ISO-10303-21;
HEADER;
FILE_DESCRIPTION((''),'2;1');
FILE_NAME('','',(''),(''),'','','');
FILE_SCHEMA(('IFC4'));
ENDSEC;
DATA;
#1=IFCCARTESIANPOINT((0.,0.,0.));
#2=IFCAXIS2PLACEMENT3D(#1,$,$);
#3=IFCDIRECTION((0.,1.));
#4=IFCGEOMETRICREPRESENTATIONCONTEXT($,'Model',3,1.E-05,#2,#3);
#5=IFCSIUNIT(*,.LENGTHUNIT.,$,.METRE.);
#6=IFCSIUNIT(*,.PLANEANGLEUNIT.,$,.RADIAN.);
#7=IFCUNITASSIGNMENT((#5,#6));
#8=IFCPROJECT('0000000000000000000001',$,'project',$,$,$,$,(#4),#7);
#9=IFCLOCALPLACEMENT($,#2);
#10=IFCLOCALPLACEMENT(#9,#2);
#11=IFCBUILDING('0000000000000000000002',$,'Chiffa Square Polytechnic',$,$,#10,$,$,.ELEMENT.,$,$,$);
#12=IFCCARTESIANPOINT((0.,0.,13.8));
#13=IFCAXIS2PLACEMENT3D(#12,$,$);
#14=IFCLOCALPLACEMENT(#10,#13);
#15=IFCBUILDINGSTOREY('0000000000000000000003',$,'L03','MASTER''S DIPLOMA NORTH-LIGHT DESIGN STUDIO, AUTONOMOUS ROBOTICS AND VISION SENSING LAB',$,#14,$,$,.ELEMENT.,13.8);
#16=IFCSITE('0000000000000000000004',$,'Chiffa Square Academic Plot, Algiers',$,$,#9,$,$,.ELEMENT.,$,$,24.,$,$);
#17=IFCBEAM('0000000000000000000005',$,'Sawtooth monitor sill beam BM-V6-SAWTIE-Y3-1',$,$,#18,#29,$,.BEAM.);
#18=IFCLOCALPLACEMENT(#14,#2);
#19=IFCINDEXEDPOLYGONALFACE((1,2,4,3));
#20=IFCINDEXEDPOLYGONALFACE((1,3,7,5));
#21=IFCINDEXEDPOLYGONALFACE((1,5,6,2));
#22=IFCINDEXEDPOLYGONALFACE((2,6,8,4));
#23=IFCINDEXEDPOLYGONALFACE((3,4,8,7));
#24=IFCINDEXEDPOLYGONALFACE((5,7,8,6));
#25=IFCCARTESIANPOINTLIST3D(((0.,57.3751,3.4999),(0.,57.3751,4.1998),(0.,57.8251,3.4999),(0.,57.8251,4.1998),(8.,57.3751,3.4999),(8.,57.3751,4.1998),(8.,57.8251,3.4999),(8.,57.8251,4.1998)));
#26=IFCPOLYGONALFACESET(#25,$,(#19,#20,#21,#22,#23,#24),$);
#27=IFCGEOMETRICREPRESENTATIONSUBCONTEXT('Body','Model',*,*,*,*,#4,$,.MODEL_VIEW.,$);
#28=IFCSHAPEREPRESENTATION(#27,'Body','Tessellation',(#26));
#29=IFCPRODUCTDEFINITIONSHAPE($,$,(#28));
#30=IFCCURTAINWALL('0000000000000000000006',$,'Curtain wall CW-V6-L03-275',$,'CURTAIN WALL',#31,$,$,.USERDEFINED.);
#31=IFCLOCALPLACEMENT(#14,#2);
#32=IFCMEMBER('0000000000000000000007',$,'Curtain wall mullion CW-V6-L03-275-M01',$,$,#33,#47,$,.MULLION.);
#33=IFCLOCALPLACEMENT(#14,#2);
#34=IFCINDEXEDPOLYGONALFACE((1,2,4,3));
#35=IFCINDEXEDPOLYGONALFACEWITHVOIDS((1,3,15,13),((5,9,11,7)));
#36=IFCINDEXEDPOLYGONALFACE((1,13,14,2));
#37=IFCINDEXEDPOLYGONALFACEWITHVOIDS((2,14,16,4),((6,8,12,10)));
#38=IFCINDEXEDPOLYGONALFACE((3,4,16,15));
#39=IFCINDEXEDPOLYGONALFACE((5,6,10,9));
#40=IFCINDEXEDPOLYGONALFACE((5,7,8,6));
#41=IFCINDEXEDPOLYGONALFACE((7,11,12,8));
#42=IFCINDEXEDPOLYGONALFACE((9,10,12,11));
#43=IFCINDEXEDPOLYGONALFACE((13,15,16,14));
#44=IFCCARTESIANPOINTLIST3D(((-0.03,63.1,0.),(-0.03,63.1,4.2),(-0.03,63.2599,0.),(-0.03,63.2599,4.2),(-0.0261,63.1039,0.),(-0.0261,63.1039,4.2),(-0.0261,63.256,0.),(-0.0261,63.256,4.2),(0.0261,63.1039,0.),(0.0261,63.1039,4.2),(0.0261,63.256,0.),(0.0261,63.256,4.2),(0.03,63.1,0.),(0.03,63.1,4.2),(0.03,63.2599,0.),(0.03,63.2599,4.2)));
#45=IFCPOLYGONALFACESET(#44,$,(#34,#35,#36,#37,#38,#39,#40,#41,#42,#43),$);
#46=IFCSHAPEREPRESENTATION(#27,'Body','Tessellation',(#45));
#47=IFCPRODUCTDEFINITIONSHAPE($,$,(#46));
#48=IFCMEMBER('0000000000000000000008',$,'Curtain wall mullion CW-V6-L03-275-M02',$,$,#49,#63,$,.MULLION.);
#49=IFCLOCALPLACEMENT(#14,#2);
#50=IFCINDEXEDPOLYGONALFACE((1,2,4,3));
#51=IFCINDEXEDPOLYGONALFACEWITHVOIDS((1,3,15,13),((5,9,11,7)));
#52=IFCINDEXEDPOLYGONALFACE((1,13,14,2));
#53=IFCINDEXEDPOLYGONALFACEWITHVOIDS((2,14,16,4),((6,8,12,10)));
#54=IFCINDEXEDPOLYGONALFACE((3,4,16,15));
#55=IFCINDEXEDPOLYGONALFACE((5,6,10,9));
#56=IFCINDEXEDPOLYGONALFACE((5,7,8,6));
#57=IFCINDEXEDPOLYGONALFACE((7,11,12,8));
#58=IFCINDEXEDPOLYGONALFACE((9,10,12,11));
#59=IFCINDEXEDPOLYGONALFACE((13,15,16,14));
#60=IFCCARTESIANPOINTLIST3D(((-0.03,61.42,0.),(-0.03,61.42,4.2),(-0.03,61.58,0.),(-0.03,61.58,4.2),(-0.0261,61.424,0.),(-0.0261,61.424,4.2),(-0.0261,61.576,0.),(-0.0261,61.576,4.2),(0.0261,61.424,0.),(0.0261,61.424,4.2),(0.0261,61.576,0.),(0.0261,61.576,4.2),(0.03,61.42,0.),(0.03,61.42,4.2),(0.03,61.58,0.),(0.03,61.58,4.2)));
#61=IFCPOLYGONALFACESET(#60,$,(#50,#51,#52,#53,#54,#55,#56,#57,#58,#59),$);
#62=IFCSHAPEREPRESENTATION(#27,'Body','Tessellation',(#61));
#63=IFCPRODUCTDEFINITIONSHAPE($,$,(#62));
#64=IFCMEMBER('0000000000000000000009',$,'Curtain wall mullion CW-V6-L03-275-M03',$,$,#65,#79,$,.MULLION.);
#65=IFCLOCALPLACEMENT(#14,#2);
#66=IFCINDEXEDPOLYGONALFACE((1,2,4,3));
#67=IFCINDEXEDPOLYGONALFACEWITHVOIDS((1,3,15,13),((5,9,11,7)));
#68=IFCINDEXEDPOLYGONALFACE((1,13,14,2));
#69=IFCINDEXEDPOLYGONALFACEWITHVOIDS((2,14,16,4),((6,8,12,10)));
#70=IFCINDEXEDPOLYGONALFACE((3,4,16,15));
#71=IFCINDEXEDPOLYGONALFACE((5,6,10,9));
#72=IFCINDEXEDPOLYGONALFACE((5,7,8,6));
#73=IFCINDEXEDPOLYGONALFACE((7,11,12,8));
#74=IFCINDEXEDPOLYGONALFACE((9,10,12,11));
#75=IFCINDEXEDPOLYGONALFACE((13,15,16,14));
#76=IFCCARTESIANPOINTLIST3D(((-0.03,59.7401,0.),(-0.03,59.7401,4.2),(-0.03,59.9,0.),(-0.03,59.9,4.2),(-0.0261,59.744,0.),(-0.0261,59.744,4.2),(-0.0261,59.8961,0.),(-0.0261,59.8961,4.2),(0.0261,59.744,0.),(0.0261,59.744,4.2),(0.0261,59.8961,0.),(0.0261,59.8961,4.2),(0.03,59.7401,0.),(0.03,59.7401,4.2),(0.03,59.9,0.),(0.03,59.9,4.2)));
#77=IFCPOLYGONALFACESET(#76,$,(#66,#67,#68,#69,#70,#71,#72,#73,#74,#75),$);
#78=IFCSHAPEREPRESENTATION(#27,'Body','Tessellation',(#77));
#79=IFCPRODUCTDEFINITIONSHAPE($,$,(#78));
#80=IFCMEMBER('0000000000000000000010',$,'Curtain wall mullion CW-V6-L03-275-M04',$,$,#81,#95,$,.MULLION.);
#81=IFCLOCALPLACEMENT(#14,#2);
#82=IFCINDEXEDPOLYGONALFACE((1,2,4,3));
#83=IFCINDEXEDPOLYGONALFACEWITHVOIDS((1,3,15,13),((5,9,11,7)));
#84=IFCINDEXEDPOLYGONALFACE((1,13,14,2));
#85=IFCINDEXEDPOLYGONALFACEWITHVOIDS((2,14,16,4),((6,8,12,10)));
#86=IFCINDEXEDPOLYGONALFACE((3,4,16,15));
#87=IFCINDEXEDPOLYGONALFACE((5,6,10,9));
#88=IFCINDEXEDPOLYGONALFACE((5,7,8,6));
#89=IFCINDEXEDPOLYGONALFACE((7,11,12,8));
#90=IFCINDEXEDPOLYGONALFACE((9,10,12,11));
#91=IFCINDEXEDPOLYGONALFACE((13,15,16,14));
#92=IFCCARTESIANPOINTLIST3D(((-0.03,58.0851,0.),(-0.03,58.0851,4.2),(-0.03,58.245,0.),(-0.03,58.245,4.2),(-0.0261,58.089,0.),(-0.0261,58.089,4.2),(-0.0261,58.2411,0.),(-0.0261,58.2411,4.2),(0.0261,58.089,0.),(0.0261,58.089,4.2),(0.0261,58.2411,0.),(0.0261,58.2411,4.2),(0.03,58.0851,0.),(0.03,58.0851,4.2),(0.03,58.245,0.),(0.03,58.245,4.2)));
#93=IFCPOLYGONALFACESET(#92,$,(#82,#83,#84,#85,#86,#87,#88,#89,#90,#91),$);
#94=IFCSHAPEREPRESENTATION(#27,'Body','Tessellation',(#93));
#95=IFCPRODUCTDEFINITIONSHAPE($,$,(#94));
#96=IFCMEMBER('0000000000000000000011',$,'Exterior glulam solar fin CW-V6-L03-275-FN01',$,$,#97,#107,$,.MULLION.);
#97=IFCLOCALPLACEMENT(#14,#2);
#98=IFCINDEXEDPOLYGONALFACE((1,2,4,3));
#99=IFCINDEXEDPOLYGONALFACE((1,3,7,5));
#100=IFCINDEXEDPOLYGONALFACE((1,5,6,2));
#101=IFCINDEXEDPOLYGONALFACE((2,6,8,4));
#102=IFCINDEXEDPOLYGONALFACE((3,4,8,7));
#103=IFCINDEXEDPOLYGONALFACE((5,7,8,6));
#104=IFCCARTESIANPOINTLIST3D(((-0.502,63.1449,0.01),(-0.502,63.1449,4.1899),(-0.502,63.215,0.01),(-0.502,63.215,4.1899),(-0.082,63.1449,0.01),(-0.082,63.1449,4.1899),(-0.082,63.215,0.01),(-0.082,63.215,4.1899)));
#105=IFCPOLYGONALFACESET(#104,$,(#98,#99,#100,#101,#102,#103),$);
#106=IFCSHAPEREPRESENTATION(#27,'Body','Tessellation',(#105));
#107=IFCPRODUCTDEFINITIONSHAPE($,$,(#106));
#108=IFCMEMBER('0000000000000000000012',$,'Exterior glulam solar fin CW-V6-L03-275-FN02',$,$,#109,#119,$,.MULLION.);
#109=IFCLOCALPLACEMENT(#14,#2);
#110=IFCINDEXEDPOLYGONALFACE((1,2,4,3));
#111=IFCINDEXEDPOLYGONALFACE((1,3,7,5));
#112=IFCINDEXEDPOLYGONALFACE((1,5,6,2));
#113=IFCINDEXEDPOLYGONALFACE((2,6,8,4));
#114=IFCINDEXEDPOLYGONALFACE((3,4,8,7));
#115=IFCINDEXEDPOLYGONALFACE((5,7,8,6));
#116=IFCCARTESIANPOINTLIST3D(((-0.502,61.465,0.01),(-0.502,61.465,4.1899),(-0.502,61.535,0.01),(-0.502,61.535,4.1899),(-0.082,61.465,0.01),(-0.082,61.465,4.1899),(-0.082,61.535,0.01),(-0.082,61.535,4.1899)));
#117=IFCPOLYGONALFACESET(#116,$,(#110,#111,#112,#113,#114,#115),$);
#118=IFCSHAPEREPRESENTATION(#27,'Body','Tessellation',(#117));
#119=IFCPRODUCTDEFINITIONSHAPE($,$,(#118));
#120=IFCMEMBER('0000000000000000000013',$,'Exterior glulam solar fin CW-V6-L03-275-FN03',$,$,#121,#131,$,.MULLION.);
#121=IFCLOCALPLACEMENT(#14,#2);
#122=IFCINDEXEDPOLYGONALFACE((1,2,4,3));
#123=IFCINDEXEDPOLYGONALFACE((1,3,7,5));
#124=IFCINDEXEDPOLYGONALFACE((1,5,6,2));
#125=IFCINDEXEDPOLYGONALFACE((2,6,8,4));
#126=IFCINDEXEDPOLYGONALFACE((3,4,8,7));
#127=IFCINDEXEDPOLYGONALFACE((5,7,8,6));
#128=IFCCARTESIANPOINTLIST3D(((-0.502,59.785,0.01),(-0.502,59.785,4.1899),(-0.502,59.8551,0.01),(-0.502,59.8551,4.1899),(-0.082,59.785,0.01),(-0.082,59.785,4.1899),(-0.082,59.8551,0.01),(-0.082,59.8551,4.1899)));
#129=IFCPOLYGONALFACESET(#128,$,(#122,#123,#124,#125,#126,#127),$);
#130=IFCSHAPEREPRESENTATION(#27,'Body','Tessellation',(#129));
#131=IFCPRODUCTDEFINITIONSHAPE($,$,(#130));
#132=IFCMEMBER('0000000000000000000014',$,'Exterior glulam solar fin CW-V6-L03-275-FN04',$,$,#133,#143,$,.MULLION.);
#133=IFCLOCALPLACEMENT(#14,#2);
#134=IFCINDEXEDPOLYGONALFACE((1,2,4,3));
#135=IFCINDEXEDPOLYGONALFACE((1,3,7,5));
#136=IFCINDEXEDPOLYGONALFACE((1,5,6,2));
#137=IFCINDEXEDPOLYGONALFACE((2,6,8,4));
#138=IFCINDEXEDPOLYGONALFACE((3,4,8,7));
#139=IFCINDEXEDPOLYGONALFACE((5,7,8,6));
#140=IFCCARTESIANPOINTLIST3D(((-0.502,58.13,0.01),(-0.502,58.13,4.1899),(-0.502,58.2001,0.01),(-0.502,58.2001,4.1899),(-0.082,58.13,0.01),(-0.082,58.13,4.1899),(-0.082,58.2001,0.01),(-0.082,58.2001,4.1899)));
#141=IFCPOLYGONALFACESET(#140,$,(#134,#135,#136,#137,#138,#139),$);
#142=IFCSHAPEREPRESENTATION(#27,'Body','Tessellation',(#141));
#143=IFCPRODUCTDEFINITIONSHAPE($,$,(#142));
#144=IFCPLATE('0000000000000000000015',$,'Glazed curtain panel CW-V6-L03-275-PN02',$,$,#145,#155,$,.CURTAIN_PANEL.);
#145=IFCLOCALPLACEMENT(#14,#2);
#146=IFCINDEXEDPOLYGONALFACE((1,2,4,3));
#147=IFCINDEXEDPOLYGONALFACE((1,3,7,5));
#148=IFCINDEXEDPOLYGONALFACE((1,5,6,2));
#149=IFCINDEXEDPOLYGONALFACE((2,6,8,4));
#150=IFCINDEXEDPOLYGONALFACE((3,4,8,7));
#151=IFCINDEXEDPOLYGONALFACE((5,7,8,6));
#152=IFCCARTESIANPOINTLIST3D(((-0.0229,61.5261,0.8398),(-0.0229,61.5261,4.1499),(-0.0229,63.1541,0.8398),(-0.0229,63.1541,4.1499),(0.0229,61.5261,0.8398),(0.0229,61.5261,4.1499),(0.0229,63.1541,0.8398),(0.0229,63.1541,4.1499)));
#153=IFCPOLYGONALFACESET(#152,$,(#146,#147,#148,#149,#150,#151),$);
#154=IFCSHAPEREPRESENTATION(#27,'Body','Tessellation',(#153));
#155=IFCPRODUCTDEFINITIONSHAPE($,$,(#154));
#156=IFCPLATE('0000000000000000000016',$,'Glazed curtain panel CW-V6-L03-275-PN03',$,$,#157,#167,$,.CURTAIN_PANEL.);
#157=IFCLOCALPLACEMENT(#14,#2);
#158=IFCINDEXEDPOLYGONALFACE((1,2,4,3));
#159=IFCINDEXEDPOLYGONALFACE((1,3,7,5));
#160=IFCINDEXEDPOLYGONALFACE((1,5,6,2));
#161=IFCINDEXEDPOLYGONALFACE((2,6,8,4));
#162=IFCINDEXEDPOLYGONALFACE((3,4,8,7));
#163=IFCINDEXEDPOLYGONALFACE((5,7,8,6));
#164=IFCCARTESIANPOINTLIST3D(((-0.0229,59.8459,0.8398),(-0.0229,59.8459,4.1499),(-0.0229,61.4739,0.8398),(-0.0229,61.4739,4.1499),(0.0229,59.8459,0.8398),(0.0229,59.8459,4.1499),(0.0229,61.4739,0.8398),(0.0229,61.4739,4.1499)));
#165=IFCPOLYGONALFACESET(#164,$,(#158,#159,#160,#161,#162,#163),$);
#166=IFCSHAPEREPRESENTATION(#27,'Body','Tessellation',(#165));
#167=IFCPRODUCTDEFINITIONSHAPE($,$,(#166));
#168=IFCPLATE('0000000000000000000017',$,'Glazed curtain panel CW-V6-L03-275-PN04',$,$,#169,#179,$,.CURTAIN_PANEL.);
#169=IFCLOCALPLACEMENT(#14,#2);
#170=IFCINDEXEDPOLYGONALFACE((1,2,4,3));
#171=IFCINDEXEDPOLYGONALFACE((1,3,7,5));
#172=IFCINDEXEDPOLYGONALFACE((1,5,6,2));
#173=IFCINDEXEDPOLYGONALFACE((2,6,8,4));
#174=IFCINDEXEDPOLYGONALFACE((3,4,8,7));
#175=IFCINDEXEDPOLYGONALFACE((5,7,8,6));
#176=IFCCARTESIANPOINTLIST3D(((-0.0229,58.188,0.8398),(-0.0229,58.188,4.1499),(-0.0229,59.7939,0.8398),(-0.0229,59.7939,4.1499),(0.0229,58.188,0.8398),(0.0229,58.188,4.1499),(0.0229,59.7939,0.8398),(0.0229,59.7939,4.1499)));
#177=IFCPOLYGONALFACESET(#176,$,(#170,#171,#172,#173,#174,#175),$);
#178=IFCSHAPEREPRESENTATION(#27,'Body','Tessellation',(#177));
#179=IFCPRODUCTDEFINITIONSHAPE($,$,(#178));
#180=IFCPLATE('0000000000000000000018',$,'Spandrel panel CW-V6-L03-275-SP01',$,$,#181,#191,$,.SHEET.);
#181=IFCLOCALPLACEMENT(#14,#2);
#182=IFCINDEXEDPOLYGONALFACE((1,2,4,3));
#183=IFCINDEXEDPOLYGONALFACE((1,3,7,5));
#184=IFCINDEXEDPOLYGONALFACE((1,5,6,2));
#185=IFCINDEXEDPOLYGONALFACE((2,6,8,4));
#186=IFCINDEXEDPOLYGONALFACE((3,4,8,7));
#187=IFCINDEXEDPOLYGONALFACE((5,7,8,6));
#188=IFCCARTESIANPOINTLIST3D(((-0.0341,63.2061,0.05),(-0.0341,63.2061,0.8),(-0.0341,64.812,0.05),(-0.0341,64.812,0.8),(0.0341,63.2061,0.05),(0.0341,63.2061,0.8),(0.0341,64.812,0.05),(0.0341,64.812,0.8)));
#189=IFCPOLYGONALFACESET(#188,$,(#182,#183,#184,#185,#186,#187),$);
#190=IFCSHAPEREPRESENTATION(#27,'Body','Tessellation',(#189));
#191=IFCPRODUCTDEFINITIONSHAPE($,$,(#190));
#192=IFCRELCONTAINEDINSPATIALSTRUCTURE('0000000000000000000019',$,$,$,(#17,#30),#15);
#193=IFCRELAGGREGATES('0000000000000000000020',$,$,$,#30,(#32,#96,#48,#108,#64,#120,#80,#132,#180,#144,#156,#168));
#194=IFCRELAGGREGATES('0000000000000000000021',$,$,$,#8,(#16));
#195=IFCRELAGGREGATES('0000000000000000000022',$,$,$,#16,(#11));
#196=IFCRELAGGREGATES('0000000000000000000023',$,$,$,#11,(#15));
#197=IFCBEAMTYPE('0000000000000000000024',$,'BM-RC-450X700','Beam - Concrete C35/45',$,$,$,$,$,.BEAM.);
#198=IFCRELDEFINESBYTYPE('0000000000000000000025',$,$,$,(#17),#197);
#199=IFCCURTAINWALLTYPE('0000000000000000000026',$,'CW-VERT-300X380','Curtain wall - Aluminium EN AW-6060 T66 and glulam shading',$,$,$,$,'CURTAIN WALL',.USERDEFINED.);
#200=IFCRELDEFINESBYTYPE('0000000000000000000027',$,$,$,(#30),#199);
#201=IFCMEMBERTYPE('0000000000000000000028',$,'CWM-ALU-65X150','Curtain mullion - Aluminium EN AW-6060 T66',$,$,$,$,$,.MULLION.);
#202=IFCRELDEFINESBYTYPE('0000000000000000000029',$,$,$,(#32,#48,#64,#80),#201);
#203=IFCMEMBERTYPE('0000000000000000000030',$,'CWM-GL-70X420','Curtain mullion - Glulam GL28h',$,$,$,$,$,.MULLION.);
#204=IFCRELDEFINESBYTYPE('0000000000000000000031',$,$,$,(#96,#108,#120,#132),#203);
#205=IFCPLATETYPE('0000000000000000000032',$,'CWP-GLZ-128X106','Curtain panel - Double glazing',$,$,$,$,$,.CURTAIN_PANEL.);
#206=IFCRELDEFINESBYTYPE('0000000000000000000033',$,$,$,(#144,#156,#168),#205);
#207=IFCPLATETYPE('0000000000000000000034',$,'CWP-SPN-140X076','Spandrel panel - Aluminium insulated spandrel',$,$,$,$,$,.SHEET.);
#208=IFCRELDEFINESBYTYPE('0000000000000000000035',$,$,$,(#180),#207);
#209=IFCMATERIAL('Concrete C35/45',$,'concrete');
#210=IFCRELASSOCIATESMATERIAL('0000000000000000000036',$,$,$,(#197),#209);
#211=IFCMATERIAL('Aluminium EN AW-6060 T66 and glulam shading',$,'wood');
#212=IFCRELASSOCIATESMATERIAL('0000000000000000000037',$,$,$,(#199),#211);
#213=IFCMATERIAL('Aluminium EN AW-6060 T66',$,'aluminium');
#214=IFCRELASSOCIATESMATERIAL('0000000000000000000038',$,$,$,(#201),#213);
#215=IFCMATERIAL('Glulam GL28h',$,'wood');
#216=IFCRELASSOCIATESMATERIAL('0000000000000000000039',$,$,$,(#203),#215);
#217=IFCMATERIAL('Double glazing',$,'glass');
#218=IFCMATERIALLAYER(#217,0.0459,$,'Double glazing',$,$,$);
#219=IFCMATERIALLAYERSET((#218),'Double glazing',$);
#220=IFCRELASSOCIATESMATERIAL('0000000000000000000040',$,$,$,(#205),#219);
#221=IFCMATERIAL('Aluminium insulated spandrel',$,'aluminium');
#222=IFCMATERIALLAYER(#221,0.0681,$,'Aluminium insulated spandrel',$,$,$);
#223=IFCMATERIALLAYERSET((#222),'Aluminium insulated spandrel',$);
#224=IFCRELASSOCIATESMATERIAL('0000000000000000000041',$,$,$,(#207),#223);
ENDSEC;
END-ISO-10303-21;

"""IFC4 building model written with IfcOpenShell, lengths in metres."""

from ifc_helpers import new_model, si_unit, direction, frame, origin, origin_2d, place, context, subcontext, project, spatial, rectangle, hollow_rectangle, extrude, material, layer, layer_set, material_profile, profile_set, type_object, element, aggregate, save


model = new_model("IFC4")

# Units and contexts
model_context = context("Model", 3, precision=1e-05, world=origin(), true_north=direction((0.0, 1.0)))
body_context = subcontext(model_context, "Body", "Model", "MODEL_VIEW")
ifc_project = project(units=[si_unit("LENGTHUNIT", "METRE"), si_unit("PLANEANGLEUNIT", "RADIAN")], contexts=[model_context])

# Site, building, storey
site_placement = place(None, origin())
site = spatial("IfcSite", under=ifc_project, at=site_placement, Name="Chiffa Square Academic Plot, Algiers", CompositionType="ELEMENT", RefElevation=24.0)
building_placement = place(site_placement, origin())
building = spatial("IfcBuilding", under=site, at=building_placement, Name="Chiffa Square Polytechnic", CompositionType="ELEMENT")
storey_placement = place(building_placement, frame((0.0, 0.0, 13.8)))
storey = spatial("IfcBuildingStorey", under=building, at=storey_placement, Name="L03", Description="MASTER'S DIPLOMA NORTH-LIGHT DESIGN STUDIO, AUTONOMOUS ROBOTICS AND VISION SENSING LAB", CompositionType="ELEMENT", Elevation=13.8)

# Beam
ifc_material_1 = material(Name="Concrete C35/45", Category="concrete")
ifc_material_profile_1 = material_profile(ifc_material_1, rectangle(XDim=0.45, YDim=0.7, at=origin_2d()), Name="RC 450x700")
ifc_profile_set_1 = profile_set([ifc_material_profile_1], Name="Concrete C35/45")
beam_type = type_object("IfcBeamType", Name="BM-RC-450X700", Description="Beam - Concrete C35/45", PredefinedType="BEAM", material=ifc_profile_set_1)
beam_placement = place(storey_placement, frame((0.0, 57.6001, 3.8499), z_axis=(1.0, 0.0, 0.0), x_axis=(0.0, 1.0, 0.0)))
element("IfcBeam", 1, at=beam_placement, inside=storey, type_object=beam_type, Name="Sawtooth monitor sill beam BM-V6-SAWTIE-Y3-1", PredefinedType="BEAM", context=body_context, shape_type="SweptSolid", body=[
    extrude(rectangle(XDim=0.45, YDim=0.7, at=origin_2d()), origin(), (0.0, 0.0, 1.0), 8.0),
])

# Curtain wall, members, plates
ifc_material_2 = material(Name="Aluminium EN AW-6060 T66 and glulam shading", Category="wood")
curtain_wall_type = type_object("IfcCurtainWallType", Name="CW-VERT-300X380", Description="Curtain wall - Aluminium EN AW-6060 T66 and glulam shading", ElementType="CURTAIN WALL", PredefinedType="USERDEFINED", material=ifc_material_2)
curtain_wall_placement = place(storey_placement, origin())
curtain_wall = element("IfcCurtainWall", 2, at=curtain_wall_placement, inside=storey, type_object=curtain_wall_type, Name="Curtain wall CW-V6-L03-275", ObjectType="CURTAIN WALL", PredefinedType="USERDEFINED")
ifc_material_3 = material(Name="Aluminium EN AW-6060 T66", Category="aluminium")
ifc_material_profile_2 = material_profile(ifc_material_3, hollow_rectangle(XDim=0.0601, YDim=0.1599, WallThickness=0.0039, at=origin_2d()), Name="ALU 60x160x4")
ifc_profile_set_2 = profile_set([ifc_material_profile_2], Name="Aluminium EN AW-6060 T66")
member_type_1 = type_object("IfcMemberType", Name="CWM-ALU-65X150", Description="Curtain mullion - Aluminium EN AW-6060 T66", PredefinedType="MULLION", material=ifc_profile_set_2)
member_1_placement = place(storey_placement, frame((0.0, 63.1799, 0.0), z_axis=(0.0, 0.0, 1.0), x_axis=(1.0, 0.0, 0.0)))
member_1 = element("IfcMember", 3, at=member_1_placement, type_object=member_type_1, Name="Curtain wall mullion CW-V6-L03-275-M01", PredefinedType="MULLION", context=body_context, shape_type="SweptSolid", body=[
    extrude(hollow_rectangle(XDim=0.0601, YDim=0.1599, WallThickness=0.0039, at=origin_2d()), origin(), (0.0, 0.0, 1.0), 4.2),
])
member_2_placement = place(storey_placement, frame((0.0, 61.5, 0.0), z_axis=(0.0, 0.0, 1.0), x_axis=(1.0, 0.0, 0.0)))
member_2 = element("IfcMember", 4, at=member_2_placement, type_object=member_type_1, Name="Curtain wall mullion CW-V6-L03-275-M02", PredefinedType="MULLION", context=body_context, shape_type="SweptSolid", body=[
    extrude(hollow_rectangle(XDim=0.0601, YDim=0.1599, WallThickness=0.0039, at=origin_2d()), origin(), (0.0, 0.0, 1.0), 4.2),
])
member_3_placement = place(storey_placement, frame((0.0, 59.8201, 0.0), z_axis=(0.0, 0.0, 1.0), x_axis=(1.0, 0.0, 0.0)))
member_3 = element("IfcMember", 5, at=member_3_placement, type_object=member_type_1, Name="Curtain wall mullion CW-V6-L03-275-M03", PredefinedType="MULLION", context=body_context, shape_type="SweptSolid", body=[
    extrude(hollow_rectangle(XDim=0.0601, YDim=0.1599, WallThickness=0.0039, at=origin_2d()), origin(), (0.0, 0.0, 1.0), 4.2),
])
member_4_placement = place(storey_placement, frame((0.0, 58.165, 0.0), z_axis=(0.0, 0.0, 1.0), x_axis=(1.0, 0.0, 0.0)))
member_4 = element("IfcMember", 6, at=member_4_placement, type_object=member_type_1, Name="Curtain wall mullion CW-V6-L03-275-M04", PredefinedType="MULLION", context=body_context, shape_type="SweptSolid", body=[
    extrude(hollow_rectangle(XDim=0.0601, YDim=0.1599, WallThickness=0.0039, at=origin_2d()), origin(), (0.0, 0.0, 1.0), 4.2),
])
ifc_material_4 = material(Name="Glulam GL28h", Category="wood")
ifc_material_profile_3 = material_profile(ifc_material_4, rectangle(XDim=0.0701, YDim=0.4199, at=origin_2d()), Name="GL28h 70x420")
ifc_profile_set_3 = profile_set([ifc_material_profile_3], Name="Glulam GL28h")
member_type_2 = type_object("IfcMemberType", Name="CWM-GL-70X420", Description="Curtain mullion - Glulam GL28h", PredefinedType="MULLION", material=ifc_profile_set_3)
member_5_placement = place(storey_placement, frame((-0.292, 63.1799, 0.01), z_axis=(0.0, 0.0, 1.0), x_axis=(0.0, -1.0, 0.0)))
member_5 = element("IfcMember", 7, at=member_5_placement, type_object=member_type_2, Name="Exterior glulam solar fin CW-V6-L03-275-FN01", PredefinedType="MULLION", context=body_context, shape_type="SweptSolid", body=[
    extrude(rectangle(XDim=0.0701, YDim=0.4199, at=origin_2d()), origin(), (0.0, 0.0, 1.0), 4.1799),
])
member_6_placement = place(storey_placement, frame((-0.292, 61.5, 0.01), z_axis=(0.0, 0.0, 1.0), x_axis=(0.0, -1.0, 0.0)))
member_6 = element("IfcMember", 8, at=member_6_placement, type_object=member_type_2, Name="Exterior glulam solar fin CW-V6-L03-275-FN02", PredefinedType="MULLION", context=body_context, shape_type="SweptSolid", body=[
    extrude(rectangle(XDim=0.0701, YDim=0.4199, at=origin_2d()), origin(), (0.0, 0.0, 1.0), 4.1799),
])
member_7_placement = place(storey_placement, frame((-0.292, 59.8201, 0.01), z_axis=(0.0, 0.0, 1.0), x_axis=(0.0, -1.0, 0.0)))
member_7 = element("IfcMember", 9, at=member_7_placement, type_object=member_type_2, Name="Exterior glulam solar fin CW-V6-L03-275-FN03", PredefinedType="MULLION", context=body_context, shape_type="SweptSolid", body=[
    extrude(rectangle(XDim=0.0701, YDim=0.4199, at=origin_2d()), origin(), (0.0, 0.0, 1.0), 4.1799),
])
member_8_placement = place(storey_placement, frame((-0.292, 58.165, 0.01), z_axis=(0.0, 0.0, 1.0), x_axis=(0.0, -1.0, 0.0)))
member_8 = element("IfcMember", 10, at=member_8_placement, type_object=member_type_2, Name="Exterior glulam solar fin CW-V6-L03-275-FN04", PredefinedType="MULLION", context=body_context, shape_type="SweptSolid", body=[
    extrude(rectangle(XDim=0.0701, YDim=0.4199, at=origin_2d()), origin(), (0.0, 0.0, 1.0), 4.1799),
])
ifc_material_5 = material(Name="Double glazing", Category="glass")
ifc_layer_1 = layer(ifc_material_5, 0.0459, Name="Double glazing")
ifc_layer_set_1 = layer_set([ifc_layer_1], Name="Double glazing")
plate_type_1 = type_object("IfcPlateType", Name="CWP-GLZ-128X106", Description="Curtain panel - Double glazing", PredefinedType="CURTAIN_PANEL", material=ifc_layer_set_1)
plate_1_placement = place(storey_placement, frame((0.0, 62.3401, 0.8398), z_axis=(0.0, 0.0, 1.0), x_axis=(0.0, -1.0, 0.0)))
plate_1 = element("IfcPlate", 11, at=plate_1_placement, type_object=plate_type_1, Name="Glazed curtain panel CW-V6-L03-275-PN02", PredefinedType="CURTAIN_PANEL", context=body_context, shape_type="SweptSolid", body=[
    extrude(rectangle(XDim=1.6279, YDim=0.0459, at=origin_2d()), origin(), (0.0, 0.0, 1.0), 3.3101),
])
plate_2_placement = place(storey_placement, frame((0.0, 60.6599, 0.8398), z_axis=(0.0, 0.0, 1.0), x_axis=(0.0, -1.0, 0.0)))
plate_2 = element("IfcPlate", 12, at=plate_2_placement, type_object=plate_type_1, Name="Glazed curtain panel CW-V6-L03-275-PN03", PredefinedType="CURTAIN_PANEL", context=body_context, shape_type="SweptSolid", body=[
    extrude(rectangle(XDim=1.6279, YDim=0.0459, at=origin_2d()), origin(), (0.0, 0.0, 1.0), 3.3101),
])
plate_3_placement = place(storey_placement, frame((0.0, 58.991, 0.8398), z_axis=(0.0, 0.0, 1.0), x_axis=(0.0, -1.0, 0.0)))
plate_3 = element("IfcPlate", 13, at=plate_3_placement, type_object=plate_type_1, Name="Glazed curtain panel CW-V6-L03-275-PN04", PredefinedType="CURTAIN_PANEL", context=body_context, shape_type="SweptSolid", body=[
    extrude(rectangle(XDim=1.606, YDim=0.0459, at=origin_2d()), origin(), (0.0, 0.0, 1.0), 3.3101),
])
ifc_material_6 = material(Name="Aluminium insulated spandrel", Category="aluminium")
ifc_layer_2 = layer(ifc_material_6, 0.0681, Name="Aluminium insulated spandrel")
ifc_layer_set_2 = layer_set([ifc_layer_2], Name="Aluminium insulated spandrel")
plate_type_2 = type_object("IfcPlateType", Name="CWP-SPN-140X076", Description="Spandrel panel - Aluminium insulated spandrel", PredefinedType="SHEET", material=ifc_layer_set_2)
plate_4_placement = place(storey_placement, frame((0.0, 64.009, 0.05), z_axis=(0.0, 0.0, 1.0), x_axis=(0.0, -1.0, 0.0)))
plate_4 = element("IfcPlate", 14, at=plate_4_placement, type_object=plate_type_2, Name="Spandrel panel CW-V6-L03-275-SP01", PredefinedType="SHEET", context=body_context, shape_type="SweptSolid", body=[
    extrude(rectangle(XDim=1.606, YDim=0.0681, at=origin_2d()), origin(), (0.0, 0.0, 1.0), 0.75),
])
aggregate(curtain_wall, [member_1, member_5, member_2, member_6, member_3, member_7, member_4, member_8, plate_4, plate_1, plate_2, plate_3])

save(model, "model.ifc")
